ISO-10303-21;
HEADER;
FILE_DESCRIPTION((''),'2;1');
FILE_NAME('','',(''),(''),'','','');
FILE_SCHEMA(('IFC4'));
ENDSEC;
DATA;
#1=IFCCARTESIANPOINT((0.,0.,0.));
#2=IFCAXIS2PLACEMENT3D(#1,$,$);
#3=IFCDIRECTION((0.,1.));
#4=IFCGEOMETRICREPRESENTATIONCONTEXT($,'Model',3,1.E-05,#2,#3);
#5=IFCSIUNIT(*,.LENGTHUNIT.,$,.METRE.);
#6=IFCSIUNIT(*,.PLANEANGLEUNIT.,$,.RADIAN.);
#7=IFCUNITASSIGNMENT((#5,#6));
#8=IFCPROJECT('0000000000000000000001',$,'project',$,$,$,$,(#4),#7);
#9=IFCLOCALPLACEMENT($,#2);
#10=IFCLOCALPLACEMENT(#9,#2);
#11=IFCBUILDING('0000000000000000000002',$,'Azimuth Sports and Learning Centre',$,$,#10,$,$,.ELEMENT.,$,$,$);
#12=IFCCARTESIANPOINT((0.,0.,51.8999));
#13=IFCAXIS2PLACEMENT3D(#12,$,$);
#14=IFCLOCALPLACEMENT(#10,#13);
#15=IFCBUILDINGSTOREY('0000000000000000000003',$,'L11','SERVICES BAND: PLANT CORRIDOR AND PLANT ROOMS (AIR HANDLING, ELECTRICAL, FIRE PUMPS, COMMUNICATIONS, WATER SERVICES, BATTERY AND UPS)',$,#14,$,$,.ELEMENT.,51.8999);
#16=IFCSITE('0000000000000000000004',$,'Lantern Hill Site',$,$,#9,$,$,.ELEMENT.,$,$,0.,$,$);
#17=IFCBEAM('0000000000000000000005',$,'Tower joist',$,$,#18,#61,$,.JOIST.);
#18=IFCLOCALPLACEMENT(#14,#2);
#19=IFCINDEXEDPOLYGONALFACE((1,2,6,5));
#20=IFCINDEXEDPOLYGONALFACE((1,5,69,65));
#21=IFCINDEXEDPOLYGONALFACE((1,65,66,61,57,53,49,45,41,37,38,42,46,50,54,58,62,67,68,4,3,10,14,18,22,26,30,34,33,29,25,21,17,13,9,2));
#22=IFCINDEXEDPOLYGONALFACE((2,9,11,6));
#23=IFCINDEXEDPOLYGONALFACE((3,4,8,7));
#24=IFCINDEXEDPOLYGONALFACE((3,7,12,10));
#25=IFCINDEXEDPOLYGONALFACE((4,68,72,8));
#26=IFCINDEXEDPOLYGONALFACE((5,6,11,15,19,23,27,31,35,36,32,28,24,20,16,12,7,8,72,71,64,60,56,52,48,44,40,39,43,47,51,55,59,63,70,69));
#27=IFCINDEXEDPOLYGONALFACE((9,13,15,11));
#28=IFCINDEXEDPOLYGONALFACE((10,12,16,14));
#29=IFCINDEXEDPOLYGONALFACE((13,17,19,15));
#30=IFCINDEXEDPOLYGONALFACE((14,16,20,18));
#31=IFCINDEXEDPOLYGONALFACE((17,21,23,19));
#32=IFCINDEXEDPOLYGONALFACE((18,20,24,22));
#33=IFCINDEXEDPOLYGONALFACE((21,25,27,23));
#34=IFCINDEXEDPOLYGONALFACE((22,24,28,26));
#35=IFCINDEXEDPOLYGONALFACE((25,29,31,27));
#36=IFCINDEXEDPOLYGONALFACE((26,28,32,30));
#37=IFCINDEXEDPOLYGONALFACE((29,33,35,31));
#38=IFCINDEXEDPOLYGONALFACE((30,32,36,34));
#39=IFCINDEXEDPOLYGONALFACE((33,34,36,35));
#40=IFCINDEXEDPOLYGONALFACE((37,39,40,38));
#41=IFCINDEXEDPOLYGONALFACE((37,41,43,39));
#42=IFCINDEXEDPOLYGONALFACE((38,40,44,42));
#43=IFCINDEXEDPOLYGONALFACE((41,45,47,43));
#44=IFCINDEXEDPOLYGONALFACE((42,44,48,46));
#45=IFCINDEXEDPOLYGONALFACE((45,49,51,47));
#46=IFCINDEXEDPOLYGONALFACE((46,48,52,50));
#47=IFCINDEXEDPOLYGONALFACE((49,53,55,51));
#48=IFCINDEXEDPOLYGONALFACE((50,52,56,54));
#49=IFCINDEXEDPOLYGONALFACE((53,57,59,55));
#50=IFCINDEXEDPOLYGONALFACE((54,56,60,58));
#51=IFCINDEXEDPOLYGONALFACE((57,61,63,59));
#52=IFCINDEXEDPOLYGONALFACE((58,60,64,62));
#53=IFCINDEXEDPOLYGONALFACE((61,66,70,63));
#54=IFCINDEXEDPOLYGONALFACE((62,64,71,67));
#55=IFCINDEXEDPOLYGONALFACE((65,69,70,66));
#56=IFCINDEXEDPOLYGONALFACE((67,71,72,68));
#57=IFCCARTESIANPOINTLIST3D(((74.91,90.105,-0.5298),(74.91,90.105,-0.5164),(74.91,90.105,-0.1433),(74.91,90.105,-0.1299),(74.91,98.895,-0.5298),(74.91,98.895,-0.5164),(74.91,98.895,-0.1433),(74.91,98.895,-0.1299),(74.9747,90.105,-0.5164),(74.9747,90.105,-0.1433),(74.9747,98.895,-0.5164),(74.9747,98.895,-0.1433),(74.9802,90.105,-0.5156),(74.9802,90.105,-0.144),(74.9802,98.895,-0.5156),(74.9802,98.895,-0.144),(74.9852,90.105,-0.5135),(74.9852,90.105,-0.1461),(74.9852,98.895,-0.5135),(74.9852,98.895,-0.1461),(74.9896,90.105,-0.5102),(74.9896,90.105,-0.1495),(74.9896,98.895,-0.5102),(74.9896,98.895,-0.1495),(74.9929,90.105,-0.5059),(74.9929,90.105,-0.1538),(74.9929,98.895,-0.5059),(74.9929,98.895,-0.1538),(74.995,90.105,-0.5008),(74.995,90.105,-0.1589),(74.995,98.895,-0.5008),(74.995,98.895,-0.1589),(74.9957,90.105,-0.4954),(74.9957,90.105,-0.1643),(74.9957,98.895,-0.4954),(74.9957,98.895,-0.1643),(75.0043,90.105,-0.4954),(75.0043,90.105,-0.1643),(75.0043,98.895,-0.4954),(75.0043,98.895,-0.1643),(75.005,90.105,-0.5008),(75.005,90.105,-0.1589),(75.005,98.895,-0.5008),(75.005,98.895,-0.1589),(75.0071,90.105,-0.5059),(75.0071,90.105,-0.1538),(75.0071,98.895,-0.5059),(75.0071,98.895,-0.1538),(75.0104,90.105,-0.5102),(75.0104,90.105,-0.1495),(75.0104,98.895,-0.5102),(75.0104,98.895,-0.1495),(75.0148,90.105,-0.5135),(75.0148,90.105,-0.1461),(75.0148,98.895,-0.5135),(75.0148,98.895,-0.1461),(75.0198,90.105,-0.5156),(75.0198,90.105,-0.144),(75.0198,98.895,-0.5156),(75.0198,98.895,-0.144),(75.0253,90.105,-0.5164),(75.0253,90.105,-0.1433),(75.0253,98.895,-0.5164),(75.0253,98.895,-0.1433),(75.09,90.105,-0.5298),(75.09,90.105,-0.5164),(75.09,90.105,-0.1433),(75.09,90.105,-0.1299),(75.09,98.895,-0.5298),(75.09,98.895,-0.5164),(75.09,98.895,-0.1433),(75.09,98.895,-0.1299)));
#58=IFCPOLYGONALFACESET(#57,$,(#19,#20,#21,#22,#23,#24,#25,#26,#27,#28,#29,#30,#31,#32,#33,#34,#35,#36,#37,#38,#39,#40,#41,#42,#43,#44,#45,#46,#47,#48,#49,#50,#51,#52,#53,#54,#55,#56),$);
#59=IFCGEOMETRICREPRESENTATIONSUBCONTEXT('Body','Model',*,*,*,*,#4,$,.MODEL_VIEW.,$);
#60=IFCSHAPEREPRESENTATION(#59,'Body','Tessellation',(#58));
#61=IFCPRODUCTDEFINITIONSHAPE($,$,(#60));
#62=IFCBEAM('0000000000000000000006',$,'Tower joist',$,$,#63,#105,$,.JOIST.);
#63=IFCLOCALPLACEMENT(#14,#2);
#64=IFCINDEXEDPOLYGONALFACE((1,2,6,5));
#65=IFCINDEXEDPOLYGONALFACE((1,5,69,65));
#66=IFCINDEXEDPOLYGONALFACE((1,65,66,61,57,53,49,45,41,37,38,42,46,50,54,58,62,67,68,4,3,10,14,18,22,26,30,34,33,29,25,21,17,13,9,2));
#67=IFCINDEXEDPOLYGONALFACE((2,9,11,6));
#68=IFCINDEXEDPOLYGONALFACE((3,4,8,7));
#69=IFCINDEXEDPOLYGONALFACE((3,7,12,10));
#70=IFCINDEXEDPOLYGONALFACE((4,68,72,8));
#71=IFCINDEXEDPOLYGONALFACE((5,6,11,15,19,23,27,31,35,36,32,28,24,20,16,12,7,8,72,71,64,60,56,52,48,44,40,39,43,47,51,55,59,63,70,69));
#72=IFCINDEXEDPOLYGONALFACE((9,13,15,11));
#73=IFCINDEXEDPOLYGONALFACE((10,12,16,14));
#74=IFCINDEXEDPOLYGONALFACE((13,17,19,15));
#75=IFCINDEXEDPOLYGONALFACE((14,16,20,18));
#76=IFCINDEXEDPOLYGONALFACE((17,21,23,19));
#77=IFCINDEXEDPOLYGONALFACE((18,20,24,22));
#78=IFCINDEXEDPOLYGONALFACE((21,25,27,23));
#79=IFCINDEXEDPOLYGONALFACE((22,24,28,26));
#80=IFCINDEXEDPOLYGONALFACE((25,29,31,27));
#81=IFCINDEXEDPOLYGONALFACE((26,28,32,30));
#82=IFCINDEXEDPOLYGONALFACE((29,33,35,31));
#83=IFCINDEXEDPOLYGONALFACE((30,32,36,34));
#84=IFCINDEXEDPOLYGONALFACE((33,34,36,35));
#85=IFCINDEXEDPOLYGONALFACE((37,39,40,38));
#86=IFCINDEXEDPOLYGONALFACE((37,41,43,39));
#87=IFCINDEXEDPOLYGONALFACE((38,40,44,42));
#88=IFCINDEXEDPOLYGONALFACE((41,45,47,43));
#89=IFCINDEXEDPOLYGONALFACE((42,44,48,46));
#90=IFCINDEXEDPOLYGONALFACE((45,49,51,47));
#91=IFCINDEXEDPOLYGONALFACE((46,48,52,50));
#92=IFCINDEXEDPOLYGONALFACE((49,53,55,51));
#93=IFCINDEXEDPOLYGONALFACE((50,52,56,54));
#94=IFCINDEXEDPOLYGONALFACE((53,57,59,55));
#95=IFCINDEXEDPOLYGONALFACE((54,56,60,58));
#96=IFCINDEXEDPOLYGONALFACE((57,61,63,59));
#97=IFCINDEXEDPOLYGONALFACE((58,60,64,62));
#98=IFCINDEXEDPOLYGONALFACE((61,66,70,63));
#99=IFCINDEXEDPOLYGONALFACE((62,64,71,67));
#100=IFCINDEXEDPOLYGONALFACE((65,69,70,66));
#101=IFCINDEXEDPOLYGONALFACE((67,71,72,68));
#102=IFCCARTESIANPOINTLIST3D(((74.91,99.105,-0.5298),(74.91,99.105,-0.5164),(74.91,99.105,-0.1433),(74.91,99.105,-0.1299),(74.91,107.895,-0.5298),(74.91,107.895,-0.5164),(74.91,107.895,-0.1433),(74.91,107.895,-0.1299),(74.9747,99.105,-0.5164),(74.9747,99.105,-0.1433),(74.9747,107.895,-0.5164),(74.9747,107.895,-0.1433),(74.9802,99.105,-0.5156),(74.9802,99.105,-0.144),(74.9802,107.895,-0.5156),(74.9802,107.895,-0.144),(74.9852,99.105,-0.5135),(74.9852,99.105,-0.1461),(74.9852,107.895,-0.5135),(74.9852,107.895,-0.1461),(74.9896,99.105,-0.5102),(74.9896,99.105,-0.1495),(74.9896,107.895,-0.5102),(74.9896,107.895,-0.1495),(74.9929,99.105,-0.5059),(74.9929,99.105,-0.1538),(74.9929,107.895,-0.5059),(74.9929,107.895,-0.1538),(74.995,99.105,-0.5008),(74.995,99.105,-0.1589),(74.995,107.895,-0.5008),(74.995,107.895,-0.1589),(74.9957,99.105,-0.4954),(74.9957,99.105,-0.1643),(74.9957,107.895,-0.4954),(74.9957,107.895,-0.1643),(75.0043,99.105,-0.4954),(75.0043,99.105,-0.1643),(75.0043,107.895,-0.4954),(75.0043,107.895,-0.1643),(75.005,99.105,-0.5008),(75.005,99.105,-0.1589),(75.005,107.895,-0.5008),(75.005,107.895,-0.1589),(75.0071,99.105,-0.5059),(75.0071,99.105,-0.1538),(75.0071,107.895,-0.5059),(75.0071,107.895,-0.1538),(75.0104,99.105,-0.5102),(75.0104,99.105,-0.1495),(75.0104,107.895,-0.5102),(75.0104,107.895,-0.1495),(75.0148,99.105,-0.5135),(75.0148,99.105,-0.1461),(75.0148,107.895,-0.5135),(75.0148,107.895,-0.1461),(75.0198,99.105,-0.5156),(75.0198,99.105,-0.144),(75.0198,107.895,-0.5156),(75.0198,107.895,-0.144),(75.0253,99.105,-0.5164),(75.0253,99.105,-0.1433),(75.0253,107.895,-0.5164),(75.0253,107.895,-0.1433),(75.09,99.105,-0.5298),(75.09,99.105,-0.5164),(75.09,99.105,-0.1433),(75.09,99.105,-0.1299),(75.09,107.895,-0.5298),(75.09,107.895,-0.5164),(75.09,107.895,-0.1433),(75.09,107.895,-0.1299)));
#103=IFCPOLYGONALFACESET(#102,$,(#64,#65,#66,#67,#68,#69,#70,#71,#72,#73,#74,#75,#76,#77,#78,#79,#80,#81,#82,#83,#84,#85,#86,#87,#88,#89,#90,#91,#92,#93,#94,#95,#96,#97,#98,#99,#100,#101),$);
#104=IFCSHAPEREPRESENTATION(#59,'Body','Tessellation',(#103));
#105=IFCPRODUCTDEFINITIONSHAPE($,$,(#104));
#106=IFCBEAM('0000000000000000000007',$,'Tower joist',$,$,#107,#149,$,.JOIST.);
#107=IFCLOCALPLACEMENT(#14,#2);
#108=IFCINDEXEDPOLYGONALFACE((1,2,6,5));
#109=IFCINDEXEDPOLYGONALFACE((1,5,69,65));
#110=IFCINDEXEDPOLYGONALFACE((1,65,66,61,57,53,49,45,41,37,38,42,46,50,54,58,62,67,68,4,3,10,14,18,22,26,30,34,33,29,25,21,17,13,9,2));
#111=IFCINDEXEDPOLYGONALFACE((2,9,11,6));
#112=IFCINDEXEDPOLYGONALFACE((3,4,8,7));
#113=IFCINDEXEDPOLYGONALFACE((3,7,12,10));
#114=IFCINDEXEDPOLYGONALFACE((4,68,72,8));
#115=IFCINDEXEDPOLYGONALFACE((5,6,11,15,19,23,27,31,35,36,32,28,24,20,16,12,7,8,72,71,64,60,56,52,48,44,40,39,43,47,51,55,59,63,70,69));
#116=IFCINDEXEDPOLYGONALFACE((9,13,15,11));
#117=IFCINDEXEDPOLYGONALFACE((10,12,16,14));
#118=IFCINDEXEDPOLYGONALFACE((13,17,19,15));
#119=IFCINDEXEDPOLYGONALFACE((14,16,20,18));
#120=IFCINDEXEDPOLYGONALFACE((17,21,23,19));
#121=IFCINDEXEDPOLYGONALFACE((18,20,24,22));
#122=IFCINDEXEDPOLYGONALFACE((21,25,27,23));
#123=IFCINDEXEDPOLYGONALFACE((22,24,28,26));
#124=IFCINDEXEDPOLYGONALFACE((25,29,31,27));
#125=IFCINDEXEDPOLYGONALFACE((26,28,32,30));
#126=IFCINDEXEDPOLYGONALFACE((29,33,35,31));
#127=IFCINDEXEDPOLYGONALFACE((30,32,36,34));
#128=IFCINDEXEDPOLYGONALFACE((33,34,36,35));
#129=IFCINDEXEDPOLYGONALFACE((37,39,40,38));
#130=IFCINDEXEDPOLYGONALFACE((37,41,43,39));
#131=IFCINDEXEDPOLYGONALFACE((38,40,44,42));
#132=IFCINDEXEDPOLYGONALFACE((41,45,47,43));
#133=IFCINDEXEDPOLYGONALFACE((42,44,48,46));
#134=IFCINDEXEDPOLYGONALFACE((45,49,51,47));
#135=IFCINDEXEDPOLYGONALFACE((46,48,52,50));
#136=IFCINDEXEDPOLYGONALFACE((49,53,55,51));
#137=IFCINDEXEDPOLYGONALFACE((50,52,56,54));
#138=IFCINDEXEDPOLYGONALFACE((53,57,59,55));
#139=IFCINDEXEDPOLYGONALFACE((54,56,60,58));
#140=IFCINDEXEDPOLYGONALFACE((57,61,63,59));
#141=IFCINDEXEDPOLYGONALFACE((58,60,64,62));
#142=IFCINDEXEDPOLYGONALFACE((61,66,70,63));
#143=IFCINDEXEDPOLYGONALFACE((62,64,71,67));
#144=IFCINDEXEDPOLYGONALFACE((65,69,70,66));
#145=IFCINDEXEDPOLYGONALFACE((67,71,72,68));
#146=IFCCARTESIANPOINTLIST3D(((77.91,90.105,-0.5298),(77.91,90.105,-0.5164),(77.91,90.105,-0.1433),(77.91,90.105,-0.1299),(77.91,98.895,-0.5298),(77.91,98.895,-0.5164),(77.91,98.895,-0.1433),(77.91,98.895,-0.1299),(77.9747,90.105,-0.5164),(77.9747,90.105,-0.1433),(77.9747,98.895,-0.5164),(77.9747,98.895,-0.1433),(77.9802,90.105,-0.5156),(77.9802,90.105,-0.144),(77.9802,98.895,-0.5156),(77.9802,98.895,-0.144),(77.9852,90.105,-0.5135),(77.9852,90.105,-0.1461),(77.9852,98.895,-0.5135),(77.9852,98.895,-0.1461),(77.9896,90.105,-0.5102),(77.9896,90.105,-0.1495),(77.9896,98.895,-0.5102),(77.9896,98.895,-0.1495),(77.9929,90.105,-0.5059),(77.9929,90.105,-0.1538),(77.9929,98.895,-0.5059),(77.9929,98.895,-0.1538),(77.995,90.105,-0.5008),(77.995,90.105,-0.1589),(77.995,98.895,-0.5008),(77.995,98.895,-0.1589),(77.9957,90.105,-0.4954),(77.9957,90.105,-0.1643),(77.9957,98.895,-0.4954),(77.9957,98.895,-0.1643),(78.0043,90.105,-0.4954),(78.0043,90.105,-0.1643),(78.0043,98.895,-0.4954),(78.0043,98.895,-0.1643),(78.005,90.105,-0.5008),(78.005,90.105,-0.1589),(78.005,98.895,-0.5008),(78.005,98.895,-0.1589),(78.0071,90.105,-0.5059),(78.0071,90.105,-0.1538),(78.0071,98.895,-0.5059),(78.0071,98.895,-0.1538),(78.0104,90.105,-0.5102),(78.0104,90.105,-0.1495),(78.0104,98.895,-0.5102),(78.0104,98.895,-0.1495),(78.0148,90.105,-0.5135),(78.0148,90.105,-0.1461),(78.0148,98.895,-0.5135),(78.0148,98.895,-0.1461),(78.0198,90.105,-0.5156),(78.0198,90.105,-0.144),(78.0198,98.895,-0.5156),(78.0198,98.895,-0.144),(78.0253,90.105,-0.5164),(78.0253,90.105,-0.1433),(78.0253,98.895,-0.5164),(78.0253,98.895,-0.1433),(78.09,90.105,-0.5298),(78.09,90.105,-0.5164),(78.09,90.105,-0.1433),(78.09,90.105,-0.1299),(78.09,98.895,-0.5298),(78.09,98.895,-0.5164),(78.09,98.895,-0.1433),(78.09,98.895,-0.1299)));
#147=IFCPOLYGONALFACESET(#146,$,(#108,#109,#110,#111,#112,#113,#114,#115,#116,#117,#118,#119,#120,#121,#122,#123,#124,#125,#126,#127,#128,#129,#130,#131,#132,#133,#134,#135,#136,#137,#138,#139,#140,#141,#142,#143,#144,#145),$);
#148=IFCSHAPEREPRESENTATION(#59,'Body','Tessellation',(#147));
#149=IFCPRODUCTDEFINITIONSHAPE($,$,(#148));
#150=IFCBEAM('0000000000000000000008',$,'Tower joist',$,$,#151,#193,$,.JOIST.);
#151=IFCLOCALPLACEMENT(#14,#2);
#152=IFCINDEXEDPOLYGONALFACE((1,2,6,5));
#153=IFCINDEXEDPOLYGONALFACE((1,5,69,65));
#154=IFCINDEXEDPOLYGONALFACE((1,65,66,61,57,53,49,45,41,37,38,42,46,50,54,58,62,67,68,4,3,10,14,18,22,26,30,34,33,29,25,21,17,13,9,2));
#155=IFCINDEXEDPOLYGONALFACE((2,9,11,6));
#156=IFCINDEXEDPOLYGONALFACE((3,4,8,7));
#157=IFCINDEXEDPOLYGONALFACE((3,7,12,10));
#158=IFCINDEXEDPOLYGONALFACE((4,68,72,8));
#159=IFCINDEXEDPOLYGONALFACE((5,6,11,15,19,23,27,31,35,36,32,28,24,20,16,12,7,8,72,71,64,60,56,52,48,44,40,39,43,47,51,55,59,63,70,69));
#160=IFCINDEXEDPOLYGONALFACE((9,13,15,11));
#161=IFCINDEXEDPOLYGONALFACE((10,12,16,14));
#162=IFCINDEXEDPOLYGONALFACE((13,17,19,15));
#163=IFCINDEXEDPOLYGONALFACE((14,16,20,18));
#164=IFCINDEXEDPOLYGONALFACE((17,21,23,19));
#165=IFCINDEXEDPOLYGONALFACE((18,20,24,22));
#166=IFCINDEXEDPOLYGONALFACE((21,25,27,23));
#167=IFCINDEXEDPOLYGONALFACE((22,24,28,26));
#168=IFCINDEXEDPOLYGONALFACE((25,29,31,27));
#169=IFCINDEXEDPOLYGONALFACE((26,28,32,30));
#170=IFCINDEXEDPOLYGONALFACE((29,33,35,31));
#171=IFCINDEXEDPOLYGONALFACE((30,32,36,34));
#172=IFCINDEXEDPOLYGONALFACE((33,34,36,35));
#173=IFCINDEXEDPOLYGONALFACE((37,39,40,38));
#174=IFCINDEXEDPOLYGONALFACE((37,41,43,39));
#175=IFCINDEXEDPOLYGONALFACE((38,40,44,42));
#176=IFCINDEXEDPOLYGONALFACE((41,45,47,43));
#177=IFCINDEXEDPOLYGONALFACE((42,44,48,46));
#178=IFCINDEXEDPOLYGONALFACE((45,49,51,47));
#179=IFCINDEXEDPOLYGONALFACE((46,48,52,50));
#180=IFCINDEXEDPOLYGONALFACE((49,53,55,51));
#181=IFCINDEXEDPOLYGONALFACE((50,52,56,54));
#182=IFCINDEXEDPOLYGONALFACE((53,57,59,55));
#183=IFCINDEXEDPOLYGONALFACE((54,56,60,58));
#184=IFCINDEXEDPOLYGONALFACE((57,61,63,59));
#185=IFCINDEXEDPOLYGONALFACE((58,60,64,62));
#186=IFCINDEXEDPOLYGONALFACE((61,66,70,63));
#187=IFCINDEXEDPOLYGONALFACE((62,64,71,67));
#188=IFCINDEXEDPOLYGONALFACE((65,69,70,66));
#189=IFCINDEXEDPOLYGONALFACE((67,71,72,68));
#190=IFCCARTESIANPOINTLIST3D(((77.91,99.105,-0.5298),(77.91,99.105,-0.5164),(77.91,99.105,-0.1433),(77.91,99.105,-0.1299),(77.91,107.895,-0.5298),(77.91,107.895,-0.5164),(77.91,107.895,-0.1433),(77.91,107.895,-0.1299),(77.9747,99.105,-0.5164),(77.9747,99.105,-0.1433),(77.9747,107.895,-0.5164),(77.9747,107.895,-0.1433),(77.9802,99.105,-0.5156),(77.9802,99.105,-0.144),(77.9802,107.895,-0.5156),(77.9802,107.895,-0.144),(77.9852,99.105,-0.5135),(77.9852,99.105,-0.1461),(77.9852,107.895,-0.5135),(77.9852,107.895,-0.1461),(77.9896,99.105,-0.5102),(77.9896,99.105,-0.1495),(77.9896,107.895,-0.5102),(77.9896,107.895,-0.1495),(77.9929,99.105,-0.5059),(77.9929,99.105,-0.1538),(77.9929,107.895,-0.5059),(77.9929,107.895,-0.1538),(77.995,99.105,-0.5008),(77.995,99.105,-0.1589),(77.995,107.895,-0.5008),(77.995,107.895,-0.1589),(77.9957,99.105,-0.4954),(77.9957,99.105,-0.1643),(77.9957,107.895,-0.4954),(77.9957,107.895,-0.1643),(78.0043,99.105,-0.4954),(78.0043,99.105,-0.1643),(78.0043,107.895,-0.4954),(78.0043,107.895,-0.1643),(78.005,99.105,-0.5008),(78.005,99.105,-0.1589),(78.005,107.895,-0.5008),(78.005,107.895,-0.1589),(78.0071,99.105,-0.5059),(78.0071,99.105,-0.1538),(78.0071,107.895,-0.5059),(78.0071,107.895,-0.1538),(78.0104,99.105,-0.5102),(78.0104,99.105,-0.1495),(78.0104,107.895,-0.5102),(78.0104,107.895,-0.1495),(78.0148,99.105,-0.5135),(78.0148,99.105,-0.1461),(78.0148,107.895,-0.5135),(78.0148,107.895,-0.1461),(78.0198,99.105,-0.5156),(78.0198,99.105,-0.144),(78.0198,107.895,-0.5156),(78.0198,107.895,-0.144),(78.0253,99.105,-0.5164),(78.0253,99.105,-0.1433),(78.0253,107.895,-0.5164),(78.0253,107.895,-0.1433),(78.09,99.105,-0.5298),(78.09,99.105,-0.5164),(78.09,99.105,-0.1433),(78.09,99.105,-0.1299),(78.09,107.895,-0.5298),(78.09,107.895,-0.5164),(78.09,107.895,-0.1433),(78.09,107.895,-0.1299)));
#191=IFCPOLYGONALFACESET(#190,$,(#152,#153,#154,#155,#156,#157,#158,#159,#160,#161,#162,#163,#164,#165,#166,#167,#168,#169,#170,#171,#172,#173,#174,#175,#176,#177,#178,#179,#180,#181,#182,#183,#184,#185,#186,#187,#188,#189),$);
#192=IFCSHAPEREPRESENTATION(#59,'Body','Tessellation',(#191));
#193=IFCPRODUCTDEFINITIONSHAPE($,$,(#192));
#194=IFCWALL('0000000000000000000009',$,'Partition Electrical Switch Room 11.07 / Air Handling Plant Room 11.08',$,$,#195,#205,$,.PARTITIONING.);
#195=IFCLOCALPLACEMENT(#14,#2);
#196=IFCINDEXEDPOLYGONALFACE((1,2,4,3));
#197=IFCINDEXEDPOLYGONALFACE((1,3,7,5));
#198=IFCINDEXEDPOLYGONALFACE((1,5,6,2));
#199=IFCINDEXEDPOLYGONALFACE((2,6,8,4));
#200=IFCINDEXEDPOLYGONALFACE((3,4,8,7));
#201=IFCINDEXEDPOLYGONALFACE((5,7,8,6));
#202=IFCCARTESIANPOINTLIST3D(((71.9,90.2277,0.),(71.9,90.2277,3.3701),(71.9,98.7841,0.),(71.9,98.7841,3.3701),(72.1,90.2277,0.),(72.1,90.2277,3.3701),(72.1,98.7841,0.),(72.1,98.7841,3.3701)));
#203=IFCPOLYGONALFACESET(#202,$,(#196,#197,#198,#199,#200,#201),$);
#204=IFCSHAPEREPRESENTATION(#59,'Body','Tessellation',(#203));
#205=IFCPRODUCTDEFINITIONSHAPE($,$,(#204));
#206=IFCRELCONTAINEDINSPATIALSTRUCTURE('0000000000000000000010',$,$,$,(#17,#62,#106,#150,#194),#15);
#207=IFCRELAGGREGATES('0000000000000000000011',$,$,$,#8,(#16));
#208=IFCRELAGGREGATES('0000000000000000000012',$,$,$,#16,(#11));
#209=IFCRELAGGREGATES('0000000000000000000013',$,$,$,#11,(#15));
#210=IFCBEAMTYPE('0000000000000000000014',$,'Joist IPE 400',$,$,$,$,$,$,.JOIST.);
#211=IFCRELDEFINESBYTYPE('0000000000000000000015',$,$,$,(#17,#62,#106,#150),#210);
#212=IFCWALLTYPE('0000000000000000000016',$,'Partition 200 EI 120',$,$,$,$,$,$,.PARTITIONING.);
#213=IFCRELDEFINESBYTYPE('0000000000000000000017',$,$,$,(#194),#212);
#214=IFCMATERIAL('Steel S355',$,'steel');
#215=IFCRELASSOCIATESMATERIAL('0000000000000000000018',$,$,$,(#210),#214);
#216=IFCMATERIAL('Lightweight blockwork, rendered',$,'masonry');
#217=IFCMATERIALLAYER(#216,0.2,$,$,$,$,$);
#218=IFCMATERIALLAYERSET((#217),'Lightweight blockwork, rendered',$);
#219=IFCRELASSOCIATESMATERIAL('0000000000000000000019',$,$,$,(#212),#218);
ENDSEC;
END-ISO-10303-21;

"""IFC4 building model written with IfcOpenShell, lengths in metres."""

from ifc_helpers import new_model, si_unit, direction, frame, frame_2d, origin, origin_2d, place, context, subcontext, project, spatial, rectangle, i_section, extrude, material, layer, layer_set, material_profile, profile_set, type_object, element, save


model = new_model("IFC4")

# Units and contexts
model_context = context("Model", 3, precision=1e-05, world=origin(), true_north=direction((0.0, 1.0)))
body_context = subcontext(model_context, "Body", "Model", "MODEL_VIEW")
ifc_project = project(units=[si_unit("LENGTHUNIT", "METRE"), si_unit("PLANEANGLEUNIT", "RADIAN")], contexts=[model_context])

# Site, building, storey
site_placement = place(None, origin())
site = spatial("IfcSite", under=ifc_project, at=site_placement, Name="Lantern Hill Site", CompositionType="ELEMENT", RefElevation=0.0)
building_placement = place(site_placement, origin())
building = spatial("IfcBuilding", under=site, at=building_placement, Name="Azimuth Sports and Learning Centre", CompositionType="ELEMENT")
storey_placement = place(building_placement, frame((0.0, 0.0, 51.8999)))
storey = spatial("IfcBuildingStorey", under=building, at=storey_placement, Name="L11", Description="SERVICES BAND: PLANT CORRIDOR AND PLANT ROOMS (AIR HANDLING, ELECTRICAL, FIRE PUMPS, COMMUNICATIONS, WATER SERVICES, BATTERY AND UPS)", CompositionType="ELEMENT", Elevation=51.8999)

# Beams
ifc_material_1 = material(Name="Steel S355", Category="steel")
ifc_material_profile_1 = material_profile(ifc_material_1, i_section(OverallWidth=0.1799, OverallDepth=0.3999, WebThickness=0.0085, FlangeThickness=0.0134, FilletRadius=0.021, at=origin_2d()), Name="IPE 400")
ifc_profile_set_1 = profile_set([ifc_material_profile_1], Name="Steel S355")
beam_type_1 = type_object("IfcBeamType", Name="Joist IPE 400", PredefinedType="JOIST", material=ifc_profile_set_1)
for number, where, z_axis, x_axis, name in (
    (1, (75.0, 90.105, -0.3298), (0.0, 1.0, 0.0), (-1.0, 0.0, 0.0), "Tower joist"),
    (2, (75.0, 99.105, -0.3298), (0.0, 1.0, 0.0), (-1.0, 0.0, 0.0), "Tower joist"),
    (3, (78.0, 90.105, -0.3298), (0.0, 1.0, 0.0), (-1.0, 0.0, 0.0), "Tower joist"),
    (4, (78.0, 99.105, -0.3298), (0.0, 1.0, 0.0), (-1.0, 0.0, 0.0), "Tower joist"),
):
    element("IfcBeam", number, at=place(storey_placement, frame(where, z_axis=z_axis, x_axis=x_axis)), inside=storey, type_object=beam_type_1, Name=name, PredefinedType="JOIST", context=body_context, shape_type="SweptSolid", body=[
        extrude(i_section(OverallWidth=0.1799, OverallDepth=0.3999, WebThickness=0.0085, FlangeThickness=0.0134, FilletRadius=0.021, at=origin_2d()), origin(), (0.0, 0.0, 1.0), 8.79),
    ])

# Wall
ifc_material_2 = material(Name="Lightweight blockwork, rendered", Category="masonry")
ifc_layer = layer(ifc_material_2, 0.2)
ifc_layer_set = layer_set([ifc_layer], Name="Lightweight blockwork, rendered")
wall_type = type_object("IfcWallType", Name="Partition 200 EI 120", PredefinedType="PARTITIONING", material=ifc_layer_set)
wall_placement = place(storey_placement, frame((72.0, 90.2275, 0.0), z_axis=(0.0, 0.0, 1.0), x_axis=(0.0, 1.0, 0.0)))
element("IfcWall", 5, at=wall_placement, inside=storey, type_object=wall_type, Name="Partition Electrical Switch Room 11.07 / Air Handling Plant Room 11.08", PredefinedType="PARTITIONING", context=body_context, shape_type="SweptSolid", body=[
    extrude(rectangle(XDim=8.5564, YDim=0.2, at=frame_2d((4.2783, 0.0))), origin(), (0.0, 0.0, 1.0), 3.3701),
])

save(model, "model.ifc")
